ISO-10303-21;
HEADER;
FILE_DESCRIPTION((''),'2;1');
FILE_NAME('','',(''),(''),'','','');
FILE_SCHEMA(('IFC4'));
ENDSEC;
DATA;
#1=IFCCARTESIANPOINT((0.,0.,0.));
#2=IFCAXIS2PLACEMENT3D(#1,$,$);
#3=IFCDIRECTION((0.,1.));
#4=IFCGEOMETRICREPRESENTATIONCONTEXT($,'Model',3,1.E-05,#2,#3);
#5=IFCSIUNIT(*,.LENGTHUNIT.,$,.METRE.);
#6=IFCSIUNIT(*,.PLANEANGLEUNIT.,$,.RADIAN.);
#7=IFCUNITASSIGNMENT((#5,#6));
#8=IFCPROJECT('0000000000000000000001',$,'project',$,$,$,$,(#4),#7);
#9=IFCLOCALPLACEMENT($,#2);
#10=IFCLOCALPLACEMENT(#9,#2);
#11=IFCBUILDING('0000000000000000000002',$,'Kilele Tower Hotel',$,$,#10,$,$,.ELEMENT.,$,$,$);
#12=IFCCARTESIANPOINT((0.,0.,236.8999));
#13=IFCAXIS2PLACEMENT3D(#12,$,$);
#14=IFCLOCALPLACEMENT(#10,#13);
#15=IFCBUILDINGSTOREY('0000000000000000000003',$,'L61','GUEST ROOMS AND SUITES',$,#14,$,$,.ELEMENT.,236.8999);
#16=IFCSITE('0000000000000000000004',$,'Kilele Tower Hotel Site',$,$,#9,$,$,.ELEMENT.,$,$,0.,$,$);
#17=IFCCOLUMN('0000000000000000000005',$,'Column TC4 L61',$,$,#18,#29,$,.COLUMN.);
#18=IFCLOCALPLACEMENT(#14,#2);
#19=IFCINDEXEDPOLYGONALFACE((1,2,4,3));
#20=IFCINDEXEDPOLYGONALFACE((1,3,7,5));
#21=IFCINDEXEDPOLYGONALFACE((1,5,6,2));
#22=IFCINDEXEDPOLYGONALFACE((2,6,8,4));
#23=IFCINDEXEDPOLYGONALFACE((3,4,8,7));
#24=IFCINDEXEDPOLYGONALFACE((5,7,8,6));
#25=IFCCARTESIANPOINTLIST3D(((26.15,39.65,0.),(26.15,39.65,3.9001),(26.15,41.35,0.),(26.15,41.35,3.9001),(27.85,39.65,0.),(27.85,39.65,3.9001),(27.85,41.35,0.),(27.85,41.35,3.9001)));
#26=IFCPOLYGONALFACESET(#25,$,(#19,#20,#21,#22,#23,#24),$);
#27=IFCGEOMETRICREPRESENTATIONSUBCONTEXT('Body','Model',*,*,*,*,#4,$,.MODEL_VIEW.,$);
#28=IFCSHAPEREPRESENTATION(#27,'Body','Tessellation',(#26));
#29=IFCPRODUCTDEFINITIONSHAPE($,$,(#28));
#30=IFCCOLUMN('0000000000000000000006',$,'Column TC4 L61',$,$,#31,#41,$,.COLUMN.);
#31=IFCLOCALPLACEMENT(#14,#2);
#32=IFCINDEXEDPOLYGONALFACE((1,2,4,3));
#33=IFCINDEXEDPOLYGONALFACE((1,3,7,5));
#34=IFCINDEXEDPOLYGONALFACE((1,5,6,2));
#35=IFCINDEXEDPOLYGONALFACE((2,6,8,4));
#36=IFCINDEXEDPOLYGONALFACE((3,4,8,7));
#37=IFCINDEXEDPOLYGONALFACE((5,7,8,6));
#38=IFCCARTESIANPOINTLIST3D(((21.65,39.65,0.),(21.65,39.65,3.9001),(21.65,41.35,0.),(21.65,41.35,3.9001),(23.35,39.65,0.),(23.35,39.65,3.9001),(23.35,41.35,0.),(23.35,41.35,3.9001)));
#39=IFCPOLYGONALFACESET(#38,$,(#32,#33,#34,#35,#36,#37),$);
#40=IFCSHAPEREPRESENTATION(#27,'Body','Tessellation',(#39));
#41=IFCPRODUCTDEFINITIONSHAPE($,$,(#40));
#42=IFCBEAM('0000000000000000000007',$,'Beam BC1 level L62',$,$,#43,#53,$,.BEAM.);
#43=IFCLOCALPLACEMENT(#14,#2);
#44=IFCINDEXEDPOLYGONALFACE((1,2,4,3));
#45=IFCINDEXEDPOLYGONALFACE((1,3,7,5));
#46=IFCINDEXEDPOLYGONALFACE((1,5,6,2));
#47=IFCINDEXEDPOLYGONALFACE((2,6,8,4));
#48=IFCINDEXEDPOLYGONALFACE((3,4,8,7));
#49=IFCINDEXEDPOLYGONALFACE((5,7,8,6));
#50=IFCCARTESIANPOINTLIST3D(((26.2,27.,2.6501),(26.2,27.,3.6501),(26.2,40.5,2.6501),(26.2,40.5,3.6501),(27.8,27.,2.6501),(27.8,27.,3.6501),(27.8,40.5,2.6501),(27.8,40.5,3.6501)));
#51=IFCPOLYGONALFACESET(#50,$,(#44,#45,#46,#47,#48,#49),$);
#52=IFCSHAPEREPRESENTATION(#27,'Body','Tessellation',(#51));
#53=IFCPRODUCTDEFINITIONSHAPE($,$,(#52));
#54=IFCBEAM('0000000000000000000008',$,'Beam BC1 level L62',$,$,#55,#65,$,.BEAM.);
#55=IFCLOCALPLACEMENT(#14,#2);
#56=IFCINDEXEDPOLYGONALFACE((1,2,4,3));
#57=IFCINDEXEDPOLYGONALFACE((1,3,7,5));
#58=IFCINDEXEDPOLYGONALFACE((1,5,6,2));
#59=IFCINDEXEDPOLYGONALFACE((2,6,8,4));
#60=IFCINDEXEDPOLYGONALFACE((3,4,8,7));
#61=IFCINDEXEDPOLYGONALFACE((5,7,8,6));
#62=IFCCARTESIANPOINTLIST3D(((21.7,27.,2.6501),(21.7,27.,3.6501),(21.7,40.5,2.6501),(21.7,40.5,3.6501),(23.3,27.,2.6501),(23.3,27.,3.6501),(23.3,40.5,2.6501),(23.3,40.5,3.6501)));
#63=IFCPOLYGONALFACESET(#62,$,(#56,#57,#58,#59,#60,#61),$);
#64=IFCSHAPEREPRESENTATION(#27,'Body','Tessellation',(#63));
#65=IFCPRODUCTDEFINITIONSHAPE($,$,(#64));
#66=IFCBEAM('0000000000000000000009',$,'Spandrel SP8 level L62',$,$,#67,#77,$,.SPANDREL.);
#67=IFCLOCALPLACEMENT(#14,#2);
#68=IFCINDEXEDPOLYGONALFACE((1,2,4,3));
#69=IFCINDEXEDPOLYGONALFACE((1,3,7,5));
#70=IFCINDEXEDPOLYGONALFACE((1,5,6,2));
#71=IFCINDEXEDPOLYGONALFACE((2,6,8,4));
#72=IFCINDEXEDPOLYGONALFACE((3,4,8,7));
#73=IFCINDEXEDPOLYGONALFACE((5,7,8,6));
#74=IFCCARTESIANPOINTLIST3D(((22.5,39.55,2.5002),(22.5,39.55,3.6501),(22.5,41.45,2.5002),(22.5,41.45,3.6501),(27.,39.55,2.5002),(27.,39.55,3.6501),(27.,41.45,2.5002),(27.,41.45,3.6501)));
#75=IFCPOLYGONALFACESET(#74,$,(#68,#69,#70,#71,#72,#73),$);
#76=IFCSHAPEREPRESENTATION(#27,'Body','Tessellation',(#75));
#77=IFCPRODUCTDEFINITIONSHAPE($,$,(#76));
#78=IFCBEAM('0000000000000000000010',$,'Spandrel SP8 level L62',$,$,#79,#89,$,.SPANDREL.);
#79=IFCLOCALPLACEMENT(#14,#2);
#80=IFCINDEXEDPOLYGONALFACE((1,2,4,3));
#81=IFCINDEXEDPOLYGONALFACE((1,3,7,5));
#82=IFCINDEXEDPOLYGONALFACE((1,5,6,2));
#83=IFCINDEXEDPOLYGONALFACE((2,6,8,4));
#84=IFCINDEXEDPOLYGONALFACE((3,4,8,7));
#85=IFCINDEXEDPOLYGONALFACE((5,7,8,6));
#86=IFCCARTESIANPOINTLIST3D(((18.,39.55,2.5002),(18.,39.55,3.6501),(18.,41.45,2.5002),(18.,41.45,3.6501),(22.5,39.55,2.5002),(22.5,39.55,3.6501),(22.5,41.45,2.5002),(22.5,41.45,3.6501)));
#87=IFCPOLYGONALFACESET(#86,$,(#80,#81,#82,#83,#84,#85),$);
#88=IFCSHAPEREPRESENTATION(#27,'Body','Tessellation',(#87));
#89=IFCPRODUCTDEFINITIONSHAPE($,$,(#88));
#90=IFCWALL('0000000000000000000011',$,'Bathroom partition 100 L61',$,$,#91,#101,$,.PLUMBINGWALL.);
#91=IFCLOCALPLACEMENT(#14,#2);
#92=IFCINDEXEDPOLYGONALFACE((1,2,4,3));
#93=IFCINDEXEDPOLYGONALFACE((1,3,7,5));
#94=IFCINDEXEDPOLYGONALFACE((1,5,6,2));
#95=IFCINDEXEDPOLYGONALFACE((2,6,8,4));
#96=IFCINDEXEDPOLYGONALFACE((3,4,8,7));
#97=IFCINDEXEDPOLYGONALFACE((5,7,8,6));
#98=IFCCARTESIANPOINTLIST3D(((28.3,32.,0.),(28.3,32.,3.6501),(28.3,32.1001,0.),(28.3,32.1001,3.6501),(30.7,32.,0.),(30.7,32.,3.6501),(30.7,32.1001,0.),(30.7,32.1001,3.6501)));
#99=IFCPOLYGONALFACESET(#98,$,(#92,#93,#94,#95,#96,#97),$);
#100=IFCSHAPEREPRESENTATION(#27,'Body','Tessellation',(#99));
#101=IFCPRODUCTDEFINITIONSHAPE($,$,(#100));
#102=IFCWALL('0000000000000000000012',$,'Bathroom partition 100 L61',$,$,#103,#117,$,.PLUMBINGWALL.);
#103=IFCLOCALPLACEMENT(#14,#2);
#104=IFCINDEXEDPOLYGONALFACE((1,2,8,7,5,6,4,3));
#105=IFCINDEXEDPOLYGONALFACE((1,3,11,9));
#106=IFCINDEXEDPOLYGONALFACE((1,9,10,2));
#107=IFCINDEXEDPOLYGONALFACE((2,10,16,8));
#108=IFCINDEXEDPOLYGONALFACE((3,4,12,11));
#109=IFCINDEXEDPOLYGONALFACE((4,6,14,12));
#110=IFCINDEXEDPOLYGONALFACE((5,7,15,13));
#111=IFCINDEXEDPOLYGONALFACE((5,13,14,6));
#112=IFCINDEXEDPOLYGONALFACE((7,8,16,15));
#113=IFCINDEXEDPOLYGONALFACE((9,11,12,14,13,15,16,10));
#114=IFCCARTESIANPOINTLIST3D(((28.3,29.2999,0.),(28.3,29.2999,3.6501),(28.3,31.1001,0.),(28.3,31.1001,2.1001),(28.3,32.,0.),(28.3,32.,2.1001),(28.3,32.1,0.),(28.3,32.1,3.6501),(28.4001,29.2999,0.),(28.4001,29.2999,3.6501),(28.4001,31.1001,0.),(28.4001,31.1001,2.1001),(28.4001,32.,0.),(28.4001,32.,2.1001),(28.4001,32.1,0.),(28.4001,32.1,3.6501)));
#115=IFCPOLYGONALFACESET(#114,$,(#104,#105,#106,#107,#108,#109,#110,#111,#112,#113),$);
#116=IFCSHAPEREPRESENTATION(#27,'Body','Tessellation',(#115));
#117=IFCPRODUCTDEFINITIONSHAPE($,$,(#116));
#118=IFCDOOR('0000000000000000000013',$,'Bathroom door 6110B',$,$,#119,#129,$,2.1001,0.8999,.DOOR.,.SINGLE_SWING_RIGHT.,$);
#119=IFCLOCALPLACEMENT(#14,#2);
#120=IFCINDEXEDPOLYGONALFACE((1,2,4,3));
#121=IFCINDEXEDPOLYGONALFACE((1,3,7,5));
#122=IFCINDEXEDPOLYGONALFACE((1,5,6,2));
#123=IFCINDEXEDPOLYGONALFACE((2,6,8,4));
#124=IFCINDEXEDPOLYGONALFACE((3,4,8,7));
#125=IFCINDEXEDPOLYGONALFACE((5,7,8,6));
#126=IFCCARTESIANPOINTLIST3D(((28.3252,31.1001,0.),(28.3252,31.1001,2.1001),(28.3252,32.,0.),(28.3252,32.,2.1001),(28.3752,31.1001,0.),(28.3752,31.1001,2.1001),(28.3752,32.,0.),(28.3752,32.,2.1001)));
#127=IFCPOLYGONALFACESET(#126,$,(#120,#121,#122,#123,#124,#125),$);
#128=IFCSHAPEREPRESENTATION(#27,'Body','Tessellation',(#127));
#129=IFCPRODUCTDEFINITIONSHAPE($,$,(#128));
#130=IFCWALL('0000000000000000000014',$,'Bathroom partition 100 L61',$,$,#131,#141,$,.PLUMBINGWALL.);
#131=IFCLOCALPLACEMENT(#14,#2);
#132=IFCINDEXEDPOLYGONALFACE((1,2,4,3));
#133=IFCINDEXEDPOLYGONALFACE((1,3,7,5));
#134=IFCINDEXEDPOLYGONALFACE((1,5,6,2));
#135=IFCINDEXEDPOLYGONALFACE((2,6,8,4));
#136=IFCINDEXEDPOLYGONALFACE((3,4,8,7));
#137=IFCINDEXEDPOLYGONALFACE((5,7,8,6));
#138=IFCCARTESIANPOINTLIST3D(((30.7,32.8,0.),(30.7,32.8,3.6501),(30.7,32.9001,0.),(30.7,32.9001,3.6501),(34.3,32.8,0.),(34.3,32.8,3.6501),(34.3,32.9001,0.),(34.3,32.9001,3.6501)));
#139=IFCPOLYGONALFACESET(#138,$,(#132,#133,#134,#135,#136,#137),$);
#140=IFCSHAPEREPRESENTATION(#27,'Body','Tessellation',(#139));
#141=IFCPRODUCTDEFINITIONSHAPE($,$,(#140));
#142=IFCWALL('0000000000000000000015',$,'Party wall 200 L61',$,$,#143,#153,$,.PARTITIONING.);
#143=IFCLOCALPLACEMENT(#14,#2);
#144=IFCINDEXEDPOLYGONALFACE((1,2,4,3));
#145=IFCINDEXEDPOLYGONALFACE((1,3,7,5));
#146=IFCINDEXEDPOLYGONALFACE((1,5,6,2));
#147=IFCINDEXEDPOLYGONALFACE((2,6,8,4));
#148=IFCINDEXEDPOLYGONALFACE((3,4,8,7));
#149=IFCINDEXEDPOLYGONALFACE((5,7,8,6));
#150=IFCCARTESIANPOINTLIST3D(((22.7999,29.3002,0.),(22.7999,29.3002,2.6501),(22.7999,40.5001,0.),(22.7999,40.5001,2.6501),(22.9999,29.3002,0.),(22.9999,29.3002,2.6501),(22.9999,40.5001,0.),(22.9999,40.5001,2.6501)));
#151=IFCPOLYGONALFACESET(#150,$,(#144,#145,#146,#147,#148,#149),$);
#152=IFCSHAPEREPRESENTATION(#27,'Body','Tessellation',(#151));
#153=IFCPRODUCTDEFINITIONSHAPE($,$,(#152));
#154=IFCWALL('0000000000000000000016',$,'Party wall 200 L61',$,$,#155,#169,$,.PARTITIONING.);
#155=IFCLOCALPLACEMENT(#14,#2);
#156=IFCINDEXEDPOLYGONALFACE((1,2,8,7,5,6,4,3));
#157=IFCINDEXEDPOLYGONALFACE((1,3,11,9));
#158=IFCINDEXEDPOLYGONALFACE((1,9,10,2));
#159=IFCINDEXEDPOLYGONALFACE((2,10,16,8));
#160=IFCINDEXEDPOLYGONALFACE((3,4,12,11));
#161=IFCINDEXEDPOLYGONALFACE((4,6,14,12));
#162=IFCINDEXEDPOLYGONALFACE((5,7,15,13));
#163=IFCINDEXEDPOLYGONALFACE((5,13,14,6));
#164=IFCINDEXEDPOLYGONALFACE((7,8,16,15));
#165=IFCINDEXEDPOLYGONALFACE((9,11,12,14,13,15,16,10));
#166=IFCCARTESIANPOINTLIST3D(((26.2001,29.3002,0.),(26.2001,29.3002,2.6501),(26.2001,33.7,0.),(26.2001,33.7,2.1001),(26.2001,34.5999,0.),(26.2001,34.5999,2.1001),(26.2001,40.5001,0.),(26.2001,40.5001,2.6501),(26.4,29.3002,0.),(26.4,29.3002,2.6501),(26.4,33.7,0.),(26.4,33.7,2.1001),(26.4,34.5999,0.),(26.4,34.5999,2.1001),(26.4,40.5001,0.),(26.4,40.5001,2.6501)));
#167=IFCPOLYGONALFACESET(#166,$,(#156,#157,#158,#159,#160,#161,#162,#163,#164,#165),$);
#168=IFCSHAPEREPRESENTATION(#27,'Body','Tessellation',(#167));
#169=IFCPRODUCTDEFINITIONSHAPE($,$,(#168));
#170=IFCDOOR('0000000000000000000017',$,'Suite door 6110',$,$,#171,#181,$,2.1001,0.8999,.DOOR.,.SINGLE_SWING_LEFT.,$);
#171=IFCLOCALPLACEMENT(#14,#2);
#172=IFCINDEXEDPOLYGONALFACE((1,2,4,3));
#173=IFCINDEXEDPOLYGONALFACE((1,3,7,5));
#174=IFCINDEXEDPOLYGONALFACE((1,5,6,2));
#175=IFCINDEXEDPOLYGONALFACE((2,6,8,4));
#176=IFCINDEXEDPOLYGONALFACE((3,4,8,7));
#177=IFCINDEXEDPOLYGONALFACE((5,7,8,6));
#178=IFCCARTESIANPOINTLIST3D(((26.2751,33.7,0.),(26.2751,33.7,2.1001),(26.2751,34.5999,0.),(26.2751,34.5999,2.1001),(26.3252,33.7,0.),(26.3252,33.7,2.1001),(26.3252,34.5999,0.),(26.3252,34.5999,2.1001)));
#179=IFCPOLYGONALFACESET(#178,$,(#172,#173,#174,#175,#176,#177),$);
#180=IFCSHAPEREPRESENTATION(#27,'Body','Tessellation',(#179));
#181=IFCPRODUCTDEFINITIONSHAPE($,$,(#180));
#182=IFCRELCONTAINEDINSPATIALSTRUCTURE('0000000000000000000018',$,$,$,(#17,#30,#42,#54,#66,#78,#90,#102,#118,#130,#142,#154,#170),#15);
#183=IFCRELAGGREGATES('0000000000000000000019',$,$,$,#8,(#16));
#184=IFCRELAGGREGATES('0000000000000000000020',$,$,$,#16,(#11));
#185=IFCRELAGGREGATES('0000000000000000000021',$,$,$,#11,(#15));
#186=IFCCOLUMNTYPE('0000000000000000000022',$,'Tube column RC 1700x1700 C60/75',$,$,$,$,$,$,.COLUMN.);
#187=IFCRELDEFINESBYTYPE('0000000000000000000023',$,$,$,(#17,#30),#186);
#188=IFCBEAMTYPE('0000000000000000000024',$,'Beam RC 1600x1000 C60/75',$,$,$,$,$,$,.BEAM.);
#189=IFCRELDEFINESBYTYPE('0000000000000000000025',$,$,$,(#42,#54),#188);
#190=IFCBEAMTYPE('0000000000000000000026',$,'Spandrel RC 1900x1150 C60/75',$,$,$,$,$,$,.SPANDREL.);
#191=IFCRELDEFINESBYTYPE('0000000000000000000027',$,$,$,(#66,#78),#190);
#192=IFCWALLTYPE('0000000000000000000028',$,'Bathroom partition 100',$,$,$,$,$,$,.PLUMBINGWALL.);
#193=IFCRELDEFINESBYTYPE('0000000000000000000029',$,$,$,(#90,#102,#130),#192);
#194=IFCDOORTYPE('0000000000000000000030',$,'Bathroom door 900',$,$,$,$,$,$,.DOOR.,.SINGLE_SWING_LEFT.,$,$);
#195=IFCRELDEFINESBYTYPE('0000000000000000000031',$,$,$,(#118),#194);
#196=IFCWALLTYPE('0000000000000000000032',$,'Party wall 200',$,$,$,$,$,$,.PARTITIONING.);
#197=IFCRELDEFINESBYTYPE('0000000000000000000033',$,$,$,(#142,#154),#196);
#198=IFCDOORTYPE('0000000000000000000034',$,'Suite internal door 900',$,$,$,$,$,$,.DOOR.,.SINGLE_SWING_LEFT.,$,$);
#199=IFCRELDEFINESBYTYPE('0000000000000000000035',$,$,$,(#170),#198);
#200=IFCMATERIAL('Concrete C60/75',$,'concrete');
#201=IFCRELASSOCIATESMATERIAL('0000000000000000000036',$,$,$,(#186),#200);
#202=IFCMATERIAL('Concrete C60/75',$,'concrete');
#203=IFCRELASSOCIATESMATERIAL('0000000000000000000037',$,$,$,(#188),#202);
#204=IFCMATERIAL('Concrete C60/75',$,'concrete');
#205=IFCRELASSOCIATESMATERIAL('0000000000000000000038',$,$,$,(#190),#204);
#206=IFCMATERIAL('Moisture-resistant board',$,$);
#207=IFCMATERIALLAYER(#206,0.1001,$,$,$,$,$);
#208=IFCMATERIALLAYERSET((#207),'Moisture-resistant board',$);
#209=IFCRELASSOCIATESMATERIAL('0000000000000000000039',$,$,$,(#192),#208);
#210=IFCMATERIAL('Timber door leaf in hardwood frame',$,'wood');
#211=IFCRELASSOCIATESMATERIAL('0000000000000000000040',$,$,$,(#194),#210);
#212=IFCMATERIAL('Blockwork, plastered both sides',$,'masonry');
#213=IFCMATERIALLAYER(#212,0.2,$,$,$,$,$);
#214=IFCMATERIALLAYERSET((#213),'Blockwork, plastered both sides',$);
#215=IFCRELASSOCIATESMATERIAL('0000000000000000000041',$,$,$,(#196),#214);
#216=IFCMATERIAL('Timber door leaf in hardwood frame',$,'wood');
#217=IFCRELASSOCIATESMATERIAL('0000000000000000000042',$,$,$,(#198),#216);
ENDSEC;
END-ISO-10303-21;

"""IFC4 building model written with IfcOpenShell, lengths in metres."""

from ifc_helpers import new_model, si_unit, direction, frame, frame_2d, origin, origin_2d, place, context, subcontext, project, spatial, rectangle, extrude, material, layer, layer_set, material_profile, profile_set, type_object, element, fill, save


model = new_model("IFC4")

# Units and contexts
model_context = context("Model", 3, precision=1e-05, world=origin(), true_north=direction((0.0, 1.0)))
body_context = subcontext(model_context, "Body", "Model", "MODEL_VIEW")
ifc_project = project(units=[si_unit("LENGTHUNIT", "METRE"), si_unit("PLANEANGLEUNIT", "RADIAN")], contexts=[model_context])

# Site, building, storey
site_placement = place(None, origin())
site = spatial("IfcSite", under=ifc_project, at=site_placement, Name="Kilele Tower Hotel Site", CompositionType="ELEMENT", RefElevation=0.0)
building_placement = place(site_placement, origin())
building = spatial("IfcBuilding", under=site, at=building_placement, Name="Kilele Tower Hotel", CompositionType="ELEMENT")
storey_placement = place(building_placement, frame((0.0, 0.0, 236.8999)))
storey = spatial("IfcBuildingStorey", under=building, at=storey_placement, Name="L61", Description="GUEST ROOMS AND SUITES", CompositionType="ELEMENT", Elevation=236.8999)

# Columns
ifc_material_1 = material(Name="Concrete C60/75", Category="concrete")
ifc_material_profile_1 = material_profile(ifc_material_1, rectangle(XDim=1.7, YDim=1.7, at=origin_2d()))
ifc_profile_set_1 = profile_set([ifc_material_profile_1], Name="Concrete C60/75")
column_type = type_object("IfcColumnType", Name="Tube column RC 1700x1700 C60/75", PredefinedType="COLUMN", material=ifc_profile_set_1)
for number, where, z_axis, x_axis, name in (
    (1, (27.0, 40.5, 0.0), (0.0, 0.0, 1.0), (1.0, 0.0, 0.0), "Column TC4 L61"),
    (2, (22.5, 40.5, 0.0), (0.0, 0.0, 1.0), (1.0, 0.0, 0.0), "Column TC4 L61"),
):
    element("IfcColumn", number, at=place(storey_placement, frame(where, z_axis=z_axis, x_axis=x_axis)), inside=storey, type_object=column_type, Name=name, PredefinedType="COLUMN", context=body_context, shape_type="SweptSolid", body=[
        extrude(rectangle(XDim=1.7, YDim=1.7, at=origin_2d()), origin(), (0.0, 0.0, 1.0), 3.9001),
    ])

# Beams
ifc_material_2 = material(Name="Concrete C60/75", Category="concrete")
ifc_material_profile_2 = material_profile(ifc_material_2, rectangle(XDim=1.6001, YDim=1.0, at=origin_2d()))
ifc_profile_set_2 = profile_set([ifc_material_profile_2], Name="Concrete C60/75")
beam_type_1 = type_object("IfcBeamType", Name="Beam RC 1600x1000 C60/75", PredefinedType="BEAM", material=ifc_profile_set_2)
for number, where, z_axis, x_axis, name in (
    (3, (27.0, 40.5, 3.1501), (0.0, -1.0, 0.0), (1.0, 0.0, 0.0), "Beam BC1 level L62"),
    (4, (22.5, 40.5, 3.1501), (0.0, -1.0, 0.0), (1.0, 0.0, 0.0), "Beam BC1 level L62"),
):
    element("IfcBeam", number, at=place(storey_placement, frame(where, z_axis=z_axis, x_axis=x_axis)), inside=storey, type_object=beam_type_1, Name=name, PredefinedType="BEAM", context=body_context, shape_type="SweptSolid", body=[
        extrude(rectangle(XDim=1.6001, YDim=1.0, at=origin_2d()), origin(), (0.0, 0.0, 1.0), 13.5),
    ])
ifc_material_3 = material(Name="Concrete C60/75", Category="concrete")
ifc_material_profile_3 = material_profile(ifc_material_3, rectangle(XDim=1.8999, YDim=1.1499, at=origin_2d()))
ifc_profile_set_3 = profile_set([ifc_material_profile_3], Name="Concrete C60/75")
beam_type_2 = type_object("IfcBeamType", Name="Spandrel RC 1900x1150 C60/75", PredefinedType="SPANDREL", material=ifc_profile_set_3)
for number, where, z_axis, x_axis, name in (
    (5, (27.0, 40.5, 3.0752), (-1.0, 0.0, 0.0), (0.0, -1.0, 0.0), "Spandrel SP8 level L62"),
    (6, (22.5, 40.5, 3.0752), (-1.0, 0.0, 0.0), (0.0, -1.0, 0.0), "Spandrel SP8 level L62"),
):
    element("IfcBeam", number, at=place(storey_placement, frame(where, z_axis=z_axis, x_axis=x_axis)), inside=storey, type_object=beam_type_2, Name=name, PredefinedType="SPANDREL", context=body_context, shape_type="SweptSolid", body=[
        extrude(rectangle(XDim=1.8999, YDim=1.1499, at=origin_2d()), origin(), (0.0, 0.0, 1.0), 4.5),
    ])

# Wall
ifc_material_4 = material(Name="Moisture-resistant board")
ifc_layer_1 = layer(ifc_material_4, 0.1001)
ifc_layer_set_1 = layer_set([ifc_layer_1], Name="Moisture-resistant board")
wall_type_1 = type_object("IfcWallType", Name="Bathroom partition 100", PredefinedType="PLUMBINGWALL", material=ifc_layer_set_1)
wall_1_placement = place(storey_placement, frame((28.3, 32.05, 0.0), z_axis=(0.0, 0.0, 1.0), x_axis=(1.0, 0.0, 0.0)))
element("IfcWall", 7, at=wall_1_placement, inside=storey, type_object=wall_type_1, Name="Bathroom partition 100 L61", PredefinedType="PLUMBINGWALL", context=body_context, shape_type="SweptSolid", body=[
    extrude(rectangle(XDim=2.3999, YDim=0.1001, at=frame_2d((1.2, 0.0))), origin(), (0.0, 0.0, 1.0), 3.6501),
])

# Wall, opening, door
wall_2_placement = place(storey_placement, frame((28.3501, 29.3, 0.0), z_axis=(0.0, 0.0, 1.0), x_axis=(0.0, 1.0, 0.0)))
wall_2 = element("IfcWall", 8, at=wall_2_placement, inside=storey, type_object=wall_type_1, Name="Bathroom partition 100 L61", PredefinedType="PLUMBINGWALL", context=body_context, shape_type="SweptSolid", body=[
    extrude(rectangle(XDim=2.8, YDim=0.1001, at=frame_2d((1.3999, 0.0))), origin(), (0.0, 0.0, 1.0), 3.6501),
])
opening_1_placement = place(wall_2_placement, frame((1.8, 0.0, 0.0)))
opening_1 = element("IfcOpeningElement", 9, at=opening_1_placement, cuts=wall_2, PredefinedType="OPENING", context=body_context, shape_type="SweptSolid", body=[
    extrude(rectangle(XDim=0.8999, YDim=2.1001, at=frame_2d((0.45, 1.05))), frame((0.0, 0.0601, 0.0), z_axis=(0.0, -1.0, 0.0), x_axis=(1.0, 0.0, 0.0)), (0.0, 0.0, 1.0), 0.1201),
])
ifc_material_5 = material(Name="Timber door leaf in hardwood frame", Category="wood")
door_type_1 = type_object("IfcDoorType", Name="Bathroom door 900", OperationType="SINGLE_SWING_LEFT", PredefinedType="DOOR", material=ifc_material_5)
door_1_placement = place(opening_1_placement, origin())
door_1 = element("IfcDoor", 10, at=door_1_placement, inside=storey, type_object=door_type_1, Name="Bathroom door 6110B", OperationType="SINGLE_SWING_RIGHT", OverallHeight=2.1001, OverallWidth=0.8999, PredefinedType="DOOR", context=body_context, shape_type="SweptSolid", body=[
    extrude(rectangle(XDim=0.8999, YDim=2.1001, at=frame_2d((0.45, 1.05))), frame((0.0, 0.0249, 0.0), z_axis=(0.0, -1.0, 0.0), x_axis=(1.0, 0.0, 0.0)), (0.0, 0.0, 1.0), 0.05),
])
fill(opening_1, door_1)

# Walls
wall_3_placement = place(storey_placement, frame((30.7, 32.8501, 0.0), z_axis=(0.0, 0.0, 1.0), x_axis=(1.0, 0.0, 0.0)))
element("IfcWall", 11, at=wall_3_placement, inside=storey, type_object=wall_type_1, Name="Bathroom partition 100 L61", PredefinedType="PLUMBINGWALL", context=body_context, shape_type="SweptSolid", body=[
    extrude(rectangle(XDim=3.6001, YDim=0.1001, at=frame_2d((1.8, 0.0))), origin(), (0.0, 0.0, 1.0), 3.6501),
])
ifc_material_6 = material(Name="Blockwork, plastered both sides", Category="masonry")
ifc_layer_2 = layer(ifc_material_6, 0.2)
ifc_layer_set_2 = layer_set([ifc_layer_2], Name="Blockwork, plastered both sides")
wall_type_2 = type_object("IfcWallType", Name="Party wall 200", PredefinedType="PARTITIONING", material=ifc_layer_set_2)
wall_4_placement = place(storey_placement, frame((22.8999, 29.3, 0.0), z_axis=(0.0, 0.0, 1.0), x_axis=(0.0, 1.0, 0.0)))
element("IfcWall", 12, at=wall_4_placement, inside=storey, type_object=wall_type_2, Name="Party wall 200 L61", PredefinedType="PARTITIONING", context=body_context, shape_type="SweptSolid", body=[
    extrude(rectangle(XDim=11.2, YDim=0.2, at=frame_2d((5.6001, 0.0))), origin(), (0.0, 0.0, 1.0), 2.6501),
])

# Wall, opening, door
wall_5_placement = place(storey_placement, frame((26.3, 29.3, 0.0), z_axis=(0.0, 0.0, 1.0), x_axis=(0.0, 1.0, 0.0)))
wall_5 = element("IfcWall", 13, at=wall_5_placement, inside=storey, type_object=wall_type_2, Name="Party wall 200 L61", PredefinedType="PARTITIONING", context=body_context, shape_type="SweptSolid", body=[
    extrude(rectangle(XDim=11.2, YDim=0.2, at=frame_2d((5.6001, 0.0))), origin(), (0.0, 0.0, 1.0), 2.6501),
])
opening_2_placement = place(wall_5_placement, frame((4.3999, 0.0, 0.0)))
opening_2 = element("IfcOpeningElement", 14, at=opening_2_placement, cuts=wall_5, PredefinedType="OPENING", context=body_context, shape_type="SweptSolid", body=[
    extrude(rectangle(XDim=0.8999, YDim=2.1001, at=frame_2d((0.45, 1.05))), frame((0.0, 0.1099, 0.0), z_axis=(0.0, -1.0, 0.0), x_axis=(1.0, 0.0, 0.0)), (0.0, 0.0, 1.0), 0.22),
])
ifc_material_7 = material(Name="Timber door leaf in hardwood frame", Category="wood")
door_type_2 = type_object("IfcDoorType", Name="Suite internal door 900", OperationType="SINGLE_SWING_LEFT", PredefinedType="DOOR", material=ifc_material_7)
door_2_placement = place(opening_2_placement, origin())
door_2 = element("IfcDoor", 15, at=door_2_placement, inside=storey, type_object=door_type_2, Name="Suite door 6110", OperationType="SINGLE_SWING_LEFT", OverallHeight=2.1001, OverallWidth=0.8999, PredefinedType="DOOR", context=body_context, shape_type="SweptSolid", body=[
    extrude(rectangle(XDim=0.8999, YDim=2.1001, at=frame_2d((0.45, 1.05))), frame((0.0, 0.0249, 0.0), z_axis=(0.0, -1.0, 0.0), x_axis=(1.0, 0.0, 0.0)), (0.0, 0.0, 1.0), 0.05),
])
fill(opening_2, door_2)

save(model, "model.ifc")
